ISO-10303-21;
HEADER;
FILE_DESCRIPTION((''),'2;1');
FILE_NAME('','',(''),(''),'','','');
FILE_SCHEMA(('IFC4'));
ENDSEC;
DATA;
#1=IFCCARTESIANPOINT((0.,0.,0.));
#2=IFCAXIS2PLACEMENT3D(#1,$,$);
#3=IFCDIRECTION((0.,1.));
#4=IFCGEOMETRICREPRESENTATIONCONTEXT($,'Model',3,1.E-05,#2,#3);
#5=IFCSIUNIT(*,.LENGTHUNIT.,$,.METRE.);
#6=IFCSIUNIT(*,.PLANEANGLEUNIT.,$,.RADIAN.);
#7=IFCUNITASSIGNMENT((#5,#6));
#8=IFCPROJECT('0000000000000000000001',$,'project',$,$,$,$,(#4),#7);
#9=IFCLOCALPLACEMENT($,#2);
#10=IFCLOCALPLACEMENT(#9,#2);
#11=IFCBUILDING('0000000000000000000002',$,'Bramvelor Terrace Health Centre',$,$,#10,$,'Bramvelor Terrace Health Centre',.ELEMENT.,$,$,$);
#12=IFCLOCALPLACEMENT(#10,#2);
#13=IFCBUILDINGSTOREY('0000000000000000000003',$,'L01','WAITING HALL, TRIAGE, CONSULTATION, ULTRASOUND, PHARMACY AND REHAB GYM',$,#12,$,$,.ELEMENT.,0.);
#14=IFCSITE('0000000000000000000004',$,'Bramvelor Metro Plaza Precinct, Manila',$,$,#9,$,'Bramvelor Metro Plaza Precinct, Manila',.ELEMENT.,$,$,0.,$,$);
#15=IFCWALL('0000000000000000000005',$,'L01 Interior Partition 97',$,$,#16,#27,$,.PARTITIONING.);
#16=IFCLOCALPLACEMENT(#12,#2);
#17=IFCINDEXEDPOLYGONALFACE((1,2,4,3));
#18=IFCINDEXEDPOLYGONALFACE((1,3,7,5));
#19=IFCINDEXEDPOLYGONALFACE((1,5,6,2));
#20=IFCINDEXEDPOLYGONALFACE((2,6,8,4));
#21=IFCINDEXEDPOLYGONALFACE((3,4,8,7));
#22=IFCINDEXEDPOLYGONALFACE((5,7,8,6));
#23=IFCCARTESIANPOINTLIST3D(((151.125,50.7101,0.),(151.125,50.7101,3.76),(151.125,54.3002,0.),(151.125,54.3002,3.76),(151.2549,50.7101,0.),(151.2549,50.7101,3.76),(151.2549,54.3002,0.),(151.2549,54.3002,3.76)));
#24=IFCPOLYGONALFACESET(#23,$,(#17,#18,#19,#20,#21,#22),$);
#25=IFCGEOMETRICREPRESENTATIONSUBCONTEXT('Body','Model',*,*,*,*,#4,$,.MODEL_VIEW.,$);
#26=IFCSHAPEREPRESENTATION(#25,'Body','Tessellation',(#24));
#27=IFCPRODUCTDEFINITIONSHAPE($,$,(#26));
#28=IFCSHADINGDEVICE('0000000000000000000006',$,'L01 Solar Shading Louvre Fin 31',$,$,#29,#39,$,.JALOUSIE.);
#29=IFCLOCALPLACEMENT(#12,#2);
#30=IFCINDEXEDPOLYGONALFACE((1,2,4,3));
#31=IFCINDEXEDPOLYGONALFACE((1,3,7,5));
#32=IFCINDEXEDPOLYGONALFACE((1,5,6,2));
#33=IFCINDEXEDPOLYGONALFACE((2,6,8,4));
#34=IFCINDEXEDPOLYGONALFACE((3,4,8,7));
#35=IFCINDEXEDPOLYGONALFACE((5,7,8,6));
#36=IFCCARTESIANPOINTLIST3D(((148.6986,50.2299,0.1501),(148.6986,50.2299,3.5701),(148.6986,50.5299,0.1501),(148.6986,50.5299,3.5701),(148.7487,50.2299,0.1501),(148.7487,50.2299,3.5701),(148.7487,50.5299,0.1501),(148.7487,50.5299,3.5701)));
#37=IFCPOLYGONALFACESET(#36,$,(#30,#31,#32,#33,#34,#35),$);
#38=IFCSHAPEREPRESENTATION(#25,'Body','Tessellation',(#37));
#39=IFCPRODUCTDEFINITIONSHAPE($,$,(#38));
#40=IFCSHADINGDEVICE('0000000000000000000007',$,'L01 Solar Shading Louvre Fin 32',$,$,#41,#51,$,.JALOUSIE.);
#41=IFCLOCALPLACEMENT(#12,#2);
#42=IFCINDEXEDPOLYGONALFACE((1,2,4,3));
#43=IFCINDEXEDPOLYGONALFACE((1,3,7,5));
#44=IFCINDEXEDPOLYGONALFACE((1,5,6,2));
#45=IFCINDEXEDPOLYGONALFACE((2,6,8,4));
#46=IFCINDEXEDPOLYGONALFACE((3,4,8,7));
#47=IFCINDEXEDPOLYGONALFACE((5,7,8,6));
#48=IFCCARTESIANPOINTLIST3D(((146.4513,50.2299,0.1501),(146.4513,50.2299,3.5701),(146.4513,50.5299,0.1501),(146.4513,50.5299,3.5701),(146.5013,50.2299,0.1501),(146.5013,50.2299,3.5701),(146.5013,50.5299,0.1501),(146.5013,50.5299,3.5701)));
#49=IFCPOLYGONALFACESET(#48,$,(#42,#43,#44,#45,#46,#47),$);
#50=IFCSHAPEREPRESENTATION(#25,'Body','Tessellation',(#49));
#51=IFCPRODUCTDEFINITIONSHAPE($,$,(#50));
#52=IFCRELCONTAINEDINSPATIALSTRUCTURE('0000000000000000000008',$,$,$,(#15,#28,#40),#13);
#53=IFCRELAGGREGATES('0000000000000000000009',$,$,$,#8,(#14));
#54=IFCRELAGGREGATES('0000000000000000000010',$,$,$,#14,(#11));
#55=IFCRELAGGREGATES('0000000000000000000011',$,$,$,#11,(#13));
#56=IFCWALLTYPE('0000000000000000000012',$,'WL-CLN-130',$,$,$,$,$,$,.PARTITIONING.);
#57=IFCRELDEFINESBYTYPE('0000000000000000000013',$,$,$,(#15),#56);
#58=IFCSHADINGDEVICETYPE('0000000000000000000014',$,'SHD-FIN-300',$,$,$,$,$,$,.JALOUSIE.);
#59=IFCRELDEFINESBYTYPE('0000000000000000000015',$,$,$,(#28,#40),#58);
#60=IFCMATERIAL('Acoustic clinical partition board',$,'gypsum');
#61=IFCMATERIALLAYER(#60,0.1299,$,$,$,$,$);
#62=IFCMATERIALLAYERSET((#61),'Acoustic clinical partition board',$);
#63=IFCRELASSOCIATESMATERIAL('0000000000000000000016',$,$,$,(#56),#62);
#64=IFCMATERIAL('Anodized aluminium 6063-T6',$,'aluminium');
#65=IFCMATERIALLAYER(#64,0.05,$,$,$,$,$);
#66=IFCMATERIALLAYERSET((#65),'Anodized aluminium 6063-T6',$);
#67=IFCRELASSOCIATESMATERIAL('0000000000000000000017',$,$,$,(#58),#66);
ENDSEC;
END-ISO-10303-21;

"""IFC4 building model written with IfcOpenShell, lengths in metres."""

from ifc_helpers import new_model, si_unit, direction, frame, frame_2d, origin, origin_2d, place, context, subcontext, project, spatial, rectangle, extrude, material, layer, layer_set, type_object, element, save


model = new_model("IFC4")

# Units and contexts
model_context = context("Model", 3, precision=1e-05, world=origin(), true_north=direction((0.0, 1.0)))
body_context = subcontext(model_context, "Body", "Model", "MODEL_VIEW")
ifc_project = project(units=[si_unit("LENGTHUNIT", "METRE"), si_unit("PLANEANGLEUNIT", "RADIAN")], contexts=[model_context])

# Site, building, storey
site_placement = place(None, origin())
site = spatial("IfcSite", under=ifc_project, at=site_placement, Name="Bramvelor Metro Plaza Precinct, Manila", LongName="Bramvelor Metro Plaza Precinct, Manila", CompositionType="ELEMENT", RefElevation=0.0)
building_placement = place(site_placement, origin())
building = spatial("IfcBuilding", under=site, at=building_placement, Name="Bramvelor Terrace Health Centre", LongName="Bramvelor Terrace Health Centre", CompositionType="ELEMENT")
storey_placement = place(building_placement, origin())
storey = spatial("IfcBuildingStorey", under=building, at=storey_placement, Name="L01", Description="WAITING HALL, TRIAGE, CONSULTATION, ULTRASOUND, PHARMACY AND REHAB GYM", CompositionType="ELEMENT", Elevation=0.0)

# Wall
ifc_material_1 = material(Name="Acoustic clinical partition board", Category="gypsum")
ifc_layer_1 = layer(ifc_material_1, 0.1299)
ifc_layer_set_1 = layer_set([ifc_layer_1], Name="Acoustic clinical partition board")
wall_type = type_object("IfcWallType", Name="WL-CLN-130", PredefinedType="PARTITIONING", material=ifc_layer_set_1)
wall_placement = place(storey_placement, frame((151.1899, 54.3, 0.0), z_axis=(0.0, 0.0, 1.0), x_axis=(0.0, -1.0, 0.0)))
element("IfcWall", 1, at=wall_placement, inside=storey, type_object=wall_type, Name="L01 Interior Partition 97", PredefinedType="PARTITIONING", context=body_context, shape_type="SweptSolid", body=[
    extrude(rectangle(XDim=3.5901, YDim=0.1299, at=frame_2d((1.7949, 0.0))), origin(), (0.0, 0.0, 1.0), 3.76),
])

# Shading devices
ifc_material_2 = material(Name="Anodized aluminium 6063-T6", Category="aluminium")
ifc_layer_2 = layer(ifc_material_2, 0.05)
ifc_layer_set_2 = layer_set([ifc_layer_2], Name="Anodized aluminium 6063-T6")
shading_device_type = type_object("IfcShadingDeviceType", Name="SHD-FIN-300", PredefinedType="JALOUSIE", material=ifc_layer_set_2)
for number, where, z_axis, x_axis, name in (
    (2, (148.7236, 50.3799, 0.1501), (0.0, 0.0, 1.0), (1.0, 0.0, 0.0), "L01 Solar Shading Louvre Fin 31"),
    (3, (146.4763, 50.3799, 0.1501), (0.0, 0.0, 1.0), (1.0, 0.0, 0.0), "L01 Solar Shading Louvre Fin 32"),
):
    element("IfcShadingDevice", number, at=place(storey_placement, frame(where, z_axis=z_axis, x_axis=x_axis)), inside=storey, type_object=shading_device_type, Name=name, PredefinedType="JALOUSIE", context=body_context, shape_type="SweptSolid", body=[
        extrude(rectangle(XDim=0.05, YDim=0.3, at=origin_2d()), origin(), (0.0, 0.0, 1.0), 3.4199),
    ])

save(model, "model.ifc")
